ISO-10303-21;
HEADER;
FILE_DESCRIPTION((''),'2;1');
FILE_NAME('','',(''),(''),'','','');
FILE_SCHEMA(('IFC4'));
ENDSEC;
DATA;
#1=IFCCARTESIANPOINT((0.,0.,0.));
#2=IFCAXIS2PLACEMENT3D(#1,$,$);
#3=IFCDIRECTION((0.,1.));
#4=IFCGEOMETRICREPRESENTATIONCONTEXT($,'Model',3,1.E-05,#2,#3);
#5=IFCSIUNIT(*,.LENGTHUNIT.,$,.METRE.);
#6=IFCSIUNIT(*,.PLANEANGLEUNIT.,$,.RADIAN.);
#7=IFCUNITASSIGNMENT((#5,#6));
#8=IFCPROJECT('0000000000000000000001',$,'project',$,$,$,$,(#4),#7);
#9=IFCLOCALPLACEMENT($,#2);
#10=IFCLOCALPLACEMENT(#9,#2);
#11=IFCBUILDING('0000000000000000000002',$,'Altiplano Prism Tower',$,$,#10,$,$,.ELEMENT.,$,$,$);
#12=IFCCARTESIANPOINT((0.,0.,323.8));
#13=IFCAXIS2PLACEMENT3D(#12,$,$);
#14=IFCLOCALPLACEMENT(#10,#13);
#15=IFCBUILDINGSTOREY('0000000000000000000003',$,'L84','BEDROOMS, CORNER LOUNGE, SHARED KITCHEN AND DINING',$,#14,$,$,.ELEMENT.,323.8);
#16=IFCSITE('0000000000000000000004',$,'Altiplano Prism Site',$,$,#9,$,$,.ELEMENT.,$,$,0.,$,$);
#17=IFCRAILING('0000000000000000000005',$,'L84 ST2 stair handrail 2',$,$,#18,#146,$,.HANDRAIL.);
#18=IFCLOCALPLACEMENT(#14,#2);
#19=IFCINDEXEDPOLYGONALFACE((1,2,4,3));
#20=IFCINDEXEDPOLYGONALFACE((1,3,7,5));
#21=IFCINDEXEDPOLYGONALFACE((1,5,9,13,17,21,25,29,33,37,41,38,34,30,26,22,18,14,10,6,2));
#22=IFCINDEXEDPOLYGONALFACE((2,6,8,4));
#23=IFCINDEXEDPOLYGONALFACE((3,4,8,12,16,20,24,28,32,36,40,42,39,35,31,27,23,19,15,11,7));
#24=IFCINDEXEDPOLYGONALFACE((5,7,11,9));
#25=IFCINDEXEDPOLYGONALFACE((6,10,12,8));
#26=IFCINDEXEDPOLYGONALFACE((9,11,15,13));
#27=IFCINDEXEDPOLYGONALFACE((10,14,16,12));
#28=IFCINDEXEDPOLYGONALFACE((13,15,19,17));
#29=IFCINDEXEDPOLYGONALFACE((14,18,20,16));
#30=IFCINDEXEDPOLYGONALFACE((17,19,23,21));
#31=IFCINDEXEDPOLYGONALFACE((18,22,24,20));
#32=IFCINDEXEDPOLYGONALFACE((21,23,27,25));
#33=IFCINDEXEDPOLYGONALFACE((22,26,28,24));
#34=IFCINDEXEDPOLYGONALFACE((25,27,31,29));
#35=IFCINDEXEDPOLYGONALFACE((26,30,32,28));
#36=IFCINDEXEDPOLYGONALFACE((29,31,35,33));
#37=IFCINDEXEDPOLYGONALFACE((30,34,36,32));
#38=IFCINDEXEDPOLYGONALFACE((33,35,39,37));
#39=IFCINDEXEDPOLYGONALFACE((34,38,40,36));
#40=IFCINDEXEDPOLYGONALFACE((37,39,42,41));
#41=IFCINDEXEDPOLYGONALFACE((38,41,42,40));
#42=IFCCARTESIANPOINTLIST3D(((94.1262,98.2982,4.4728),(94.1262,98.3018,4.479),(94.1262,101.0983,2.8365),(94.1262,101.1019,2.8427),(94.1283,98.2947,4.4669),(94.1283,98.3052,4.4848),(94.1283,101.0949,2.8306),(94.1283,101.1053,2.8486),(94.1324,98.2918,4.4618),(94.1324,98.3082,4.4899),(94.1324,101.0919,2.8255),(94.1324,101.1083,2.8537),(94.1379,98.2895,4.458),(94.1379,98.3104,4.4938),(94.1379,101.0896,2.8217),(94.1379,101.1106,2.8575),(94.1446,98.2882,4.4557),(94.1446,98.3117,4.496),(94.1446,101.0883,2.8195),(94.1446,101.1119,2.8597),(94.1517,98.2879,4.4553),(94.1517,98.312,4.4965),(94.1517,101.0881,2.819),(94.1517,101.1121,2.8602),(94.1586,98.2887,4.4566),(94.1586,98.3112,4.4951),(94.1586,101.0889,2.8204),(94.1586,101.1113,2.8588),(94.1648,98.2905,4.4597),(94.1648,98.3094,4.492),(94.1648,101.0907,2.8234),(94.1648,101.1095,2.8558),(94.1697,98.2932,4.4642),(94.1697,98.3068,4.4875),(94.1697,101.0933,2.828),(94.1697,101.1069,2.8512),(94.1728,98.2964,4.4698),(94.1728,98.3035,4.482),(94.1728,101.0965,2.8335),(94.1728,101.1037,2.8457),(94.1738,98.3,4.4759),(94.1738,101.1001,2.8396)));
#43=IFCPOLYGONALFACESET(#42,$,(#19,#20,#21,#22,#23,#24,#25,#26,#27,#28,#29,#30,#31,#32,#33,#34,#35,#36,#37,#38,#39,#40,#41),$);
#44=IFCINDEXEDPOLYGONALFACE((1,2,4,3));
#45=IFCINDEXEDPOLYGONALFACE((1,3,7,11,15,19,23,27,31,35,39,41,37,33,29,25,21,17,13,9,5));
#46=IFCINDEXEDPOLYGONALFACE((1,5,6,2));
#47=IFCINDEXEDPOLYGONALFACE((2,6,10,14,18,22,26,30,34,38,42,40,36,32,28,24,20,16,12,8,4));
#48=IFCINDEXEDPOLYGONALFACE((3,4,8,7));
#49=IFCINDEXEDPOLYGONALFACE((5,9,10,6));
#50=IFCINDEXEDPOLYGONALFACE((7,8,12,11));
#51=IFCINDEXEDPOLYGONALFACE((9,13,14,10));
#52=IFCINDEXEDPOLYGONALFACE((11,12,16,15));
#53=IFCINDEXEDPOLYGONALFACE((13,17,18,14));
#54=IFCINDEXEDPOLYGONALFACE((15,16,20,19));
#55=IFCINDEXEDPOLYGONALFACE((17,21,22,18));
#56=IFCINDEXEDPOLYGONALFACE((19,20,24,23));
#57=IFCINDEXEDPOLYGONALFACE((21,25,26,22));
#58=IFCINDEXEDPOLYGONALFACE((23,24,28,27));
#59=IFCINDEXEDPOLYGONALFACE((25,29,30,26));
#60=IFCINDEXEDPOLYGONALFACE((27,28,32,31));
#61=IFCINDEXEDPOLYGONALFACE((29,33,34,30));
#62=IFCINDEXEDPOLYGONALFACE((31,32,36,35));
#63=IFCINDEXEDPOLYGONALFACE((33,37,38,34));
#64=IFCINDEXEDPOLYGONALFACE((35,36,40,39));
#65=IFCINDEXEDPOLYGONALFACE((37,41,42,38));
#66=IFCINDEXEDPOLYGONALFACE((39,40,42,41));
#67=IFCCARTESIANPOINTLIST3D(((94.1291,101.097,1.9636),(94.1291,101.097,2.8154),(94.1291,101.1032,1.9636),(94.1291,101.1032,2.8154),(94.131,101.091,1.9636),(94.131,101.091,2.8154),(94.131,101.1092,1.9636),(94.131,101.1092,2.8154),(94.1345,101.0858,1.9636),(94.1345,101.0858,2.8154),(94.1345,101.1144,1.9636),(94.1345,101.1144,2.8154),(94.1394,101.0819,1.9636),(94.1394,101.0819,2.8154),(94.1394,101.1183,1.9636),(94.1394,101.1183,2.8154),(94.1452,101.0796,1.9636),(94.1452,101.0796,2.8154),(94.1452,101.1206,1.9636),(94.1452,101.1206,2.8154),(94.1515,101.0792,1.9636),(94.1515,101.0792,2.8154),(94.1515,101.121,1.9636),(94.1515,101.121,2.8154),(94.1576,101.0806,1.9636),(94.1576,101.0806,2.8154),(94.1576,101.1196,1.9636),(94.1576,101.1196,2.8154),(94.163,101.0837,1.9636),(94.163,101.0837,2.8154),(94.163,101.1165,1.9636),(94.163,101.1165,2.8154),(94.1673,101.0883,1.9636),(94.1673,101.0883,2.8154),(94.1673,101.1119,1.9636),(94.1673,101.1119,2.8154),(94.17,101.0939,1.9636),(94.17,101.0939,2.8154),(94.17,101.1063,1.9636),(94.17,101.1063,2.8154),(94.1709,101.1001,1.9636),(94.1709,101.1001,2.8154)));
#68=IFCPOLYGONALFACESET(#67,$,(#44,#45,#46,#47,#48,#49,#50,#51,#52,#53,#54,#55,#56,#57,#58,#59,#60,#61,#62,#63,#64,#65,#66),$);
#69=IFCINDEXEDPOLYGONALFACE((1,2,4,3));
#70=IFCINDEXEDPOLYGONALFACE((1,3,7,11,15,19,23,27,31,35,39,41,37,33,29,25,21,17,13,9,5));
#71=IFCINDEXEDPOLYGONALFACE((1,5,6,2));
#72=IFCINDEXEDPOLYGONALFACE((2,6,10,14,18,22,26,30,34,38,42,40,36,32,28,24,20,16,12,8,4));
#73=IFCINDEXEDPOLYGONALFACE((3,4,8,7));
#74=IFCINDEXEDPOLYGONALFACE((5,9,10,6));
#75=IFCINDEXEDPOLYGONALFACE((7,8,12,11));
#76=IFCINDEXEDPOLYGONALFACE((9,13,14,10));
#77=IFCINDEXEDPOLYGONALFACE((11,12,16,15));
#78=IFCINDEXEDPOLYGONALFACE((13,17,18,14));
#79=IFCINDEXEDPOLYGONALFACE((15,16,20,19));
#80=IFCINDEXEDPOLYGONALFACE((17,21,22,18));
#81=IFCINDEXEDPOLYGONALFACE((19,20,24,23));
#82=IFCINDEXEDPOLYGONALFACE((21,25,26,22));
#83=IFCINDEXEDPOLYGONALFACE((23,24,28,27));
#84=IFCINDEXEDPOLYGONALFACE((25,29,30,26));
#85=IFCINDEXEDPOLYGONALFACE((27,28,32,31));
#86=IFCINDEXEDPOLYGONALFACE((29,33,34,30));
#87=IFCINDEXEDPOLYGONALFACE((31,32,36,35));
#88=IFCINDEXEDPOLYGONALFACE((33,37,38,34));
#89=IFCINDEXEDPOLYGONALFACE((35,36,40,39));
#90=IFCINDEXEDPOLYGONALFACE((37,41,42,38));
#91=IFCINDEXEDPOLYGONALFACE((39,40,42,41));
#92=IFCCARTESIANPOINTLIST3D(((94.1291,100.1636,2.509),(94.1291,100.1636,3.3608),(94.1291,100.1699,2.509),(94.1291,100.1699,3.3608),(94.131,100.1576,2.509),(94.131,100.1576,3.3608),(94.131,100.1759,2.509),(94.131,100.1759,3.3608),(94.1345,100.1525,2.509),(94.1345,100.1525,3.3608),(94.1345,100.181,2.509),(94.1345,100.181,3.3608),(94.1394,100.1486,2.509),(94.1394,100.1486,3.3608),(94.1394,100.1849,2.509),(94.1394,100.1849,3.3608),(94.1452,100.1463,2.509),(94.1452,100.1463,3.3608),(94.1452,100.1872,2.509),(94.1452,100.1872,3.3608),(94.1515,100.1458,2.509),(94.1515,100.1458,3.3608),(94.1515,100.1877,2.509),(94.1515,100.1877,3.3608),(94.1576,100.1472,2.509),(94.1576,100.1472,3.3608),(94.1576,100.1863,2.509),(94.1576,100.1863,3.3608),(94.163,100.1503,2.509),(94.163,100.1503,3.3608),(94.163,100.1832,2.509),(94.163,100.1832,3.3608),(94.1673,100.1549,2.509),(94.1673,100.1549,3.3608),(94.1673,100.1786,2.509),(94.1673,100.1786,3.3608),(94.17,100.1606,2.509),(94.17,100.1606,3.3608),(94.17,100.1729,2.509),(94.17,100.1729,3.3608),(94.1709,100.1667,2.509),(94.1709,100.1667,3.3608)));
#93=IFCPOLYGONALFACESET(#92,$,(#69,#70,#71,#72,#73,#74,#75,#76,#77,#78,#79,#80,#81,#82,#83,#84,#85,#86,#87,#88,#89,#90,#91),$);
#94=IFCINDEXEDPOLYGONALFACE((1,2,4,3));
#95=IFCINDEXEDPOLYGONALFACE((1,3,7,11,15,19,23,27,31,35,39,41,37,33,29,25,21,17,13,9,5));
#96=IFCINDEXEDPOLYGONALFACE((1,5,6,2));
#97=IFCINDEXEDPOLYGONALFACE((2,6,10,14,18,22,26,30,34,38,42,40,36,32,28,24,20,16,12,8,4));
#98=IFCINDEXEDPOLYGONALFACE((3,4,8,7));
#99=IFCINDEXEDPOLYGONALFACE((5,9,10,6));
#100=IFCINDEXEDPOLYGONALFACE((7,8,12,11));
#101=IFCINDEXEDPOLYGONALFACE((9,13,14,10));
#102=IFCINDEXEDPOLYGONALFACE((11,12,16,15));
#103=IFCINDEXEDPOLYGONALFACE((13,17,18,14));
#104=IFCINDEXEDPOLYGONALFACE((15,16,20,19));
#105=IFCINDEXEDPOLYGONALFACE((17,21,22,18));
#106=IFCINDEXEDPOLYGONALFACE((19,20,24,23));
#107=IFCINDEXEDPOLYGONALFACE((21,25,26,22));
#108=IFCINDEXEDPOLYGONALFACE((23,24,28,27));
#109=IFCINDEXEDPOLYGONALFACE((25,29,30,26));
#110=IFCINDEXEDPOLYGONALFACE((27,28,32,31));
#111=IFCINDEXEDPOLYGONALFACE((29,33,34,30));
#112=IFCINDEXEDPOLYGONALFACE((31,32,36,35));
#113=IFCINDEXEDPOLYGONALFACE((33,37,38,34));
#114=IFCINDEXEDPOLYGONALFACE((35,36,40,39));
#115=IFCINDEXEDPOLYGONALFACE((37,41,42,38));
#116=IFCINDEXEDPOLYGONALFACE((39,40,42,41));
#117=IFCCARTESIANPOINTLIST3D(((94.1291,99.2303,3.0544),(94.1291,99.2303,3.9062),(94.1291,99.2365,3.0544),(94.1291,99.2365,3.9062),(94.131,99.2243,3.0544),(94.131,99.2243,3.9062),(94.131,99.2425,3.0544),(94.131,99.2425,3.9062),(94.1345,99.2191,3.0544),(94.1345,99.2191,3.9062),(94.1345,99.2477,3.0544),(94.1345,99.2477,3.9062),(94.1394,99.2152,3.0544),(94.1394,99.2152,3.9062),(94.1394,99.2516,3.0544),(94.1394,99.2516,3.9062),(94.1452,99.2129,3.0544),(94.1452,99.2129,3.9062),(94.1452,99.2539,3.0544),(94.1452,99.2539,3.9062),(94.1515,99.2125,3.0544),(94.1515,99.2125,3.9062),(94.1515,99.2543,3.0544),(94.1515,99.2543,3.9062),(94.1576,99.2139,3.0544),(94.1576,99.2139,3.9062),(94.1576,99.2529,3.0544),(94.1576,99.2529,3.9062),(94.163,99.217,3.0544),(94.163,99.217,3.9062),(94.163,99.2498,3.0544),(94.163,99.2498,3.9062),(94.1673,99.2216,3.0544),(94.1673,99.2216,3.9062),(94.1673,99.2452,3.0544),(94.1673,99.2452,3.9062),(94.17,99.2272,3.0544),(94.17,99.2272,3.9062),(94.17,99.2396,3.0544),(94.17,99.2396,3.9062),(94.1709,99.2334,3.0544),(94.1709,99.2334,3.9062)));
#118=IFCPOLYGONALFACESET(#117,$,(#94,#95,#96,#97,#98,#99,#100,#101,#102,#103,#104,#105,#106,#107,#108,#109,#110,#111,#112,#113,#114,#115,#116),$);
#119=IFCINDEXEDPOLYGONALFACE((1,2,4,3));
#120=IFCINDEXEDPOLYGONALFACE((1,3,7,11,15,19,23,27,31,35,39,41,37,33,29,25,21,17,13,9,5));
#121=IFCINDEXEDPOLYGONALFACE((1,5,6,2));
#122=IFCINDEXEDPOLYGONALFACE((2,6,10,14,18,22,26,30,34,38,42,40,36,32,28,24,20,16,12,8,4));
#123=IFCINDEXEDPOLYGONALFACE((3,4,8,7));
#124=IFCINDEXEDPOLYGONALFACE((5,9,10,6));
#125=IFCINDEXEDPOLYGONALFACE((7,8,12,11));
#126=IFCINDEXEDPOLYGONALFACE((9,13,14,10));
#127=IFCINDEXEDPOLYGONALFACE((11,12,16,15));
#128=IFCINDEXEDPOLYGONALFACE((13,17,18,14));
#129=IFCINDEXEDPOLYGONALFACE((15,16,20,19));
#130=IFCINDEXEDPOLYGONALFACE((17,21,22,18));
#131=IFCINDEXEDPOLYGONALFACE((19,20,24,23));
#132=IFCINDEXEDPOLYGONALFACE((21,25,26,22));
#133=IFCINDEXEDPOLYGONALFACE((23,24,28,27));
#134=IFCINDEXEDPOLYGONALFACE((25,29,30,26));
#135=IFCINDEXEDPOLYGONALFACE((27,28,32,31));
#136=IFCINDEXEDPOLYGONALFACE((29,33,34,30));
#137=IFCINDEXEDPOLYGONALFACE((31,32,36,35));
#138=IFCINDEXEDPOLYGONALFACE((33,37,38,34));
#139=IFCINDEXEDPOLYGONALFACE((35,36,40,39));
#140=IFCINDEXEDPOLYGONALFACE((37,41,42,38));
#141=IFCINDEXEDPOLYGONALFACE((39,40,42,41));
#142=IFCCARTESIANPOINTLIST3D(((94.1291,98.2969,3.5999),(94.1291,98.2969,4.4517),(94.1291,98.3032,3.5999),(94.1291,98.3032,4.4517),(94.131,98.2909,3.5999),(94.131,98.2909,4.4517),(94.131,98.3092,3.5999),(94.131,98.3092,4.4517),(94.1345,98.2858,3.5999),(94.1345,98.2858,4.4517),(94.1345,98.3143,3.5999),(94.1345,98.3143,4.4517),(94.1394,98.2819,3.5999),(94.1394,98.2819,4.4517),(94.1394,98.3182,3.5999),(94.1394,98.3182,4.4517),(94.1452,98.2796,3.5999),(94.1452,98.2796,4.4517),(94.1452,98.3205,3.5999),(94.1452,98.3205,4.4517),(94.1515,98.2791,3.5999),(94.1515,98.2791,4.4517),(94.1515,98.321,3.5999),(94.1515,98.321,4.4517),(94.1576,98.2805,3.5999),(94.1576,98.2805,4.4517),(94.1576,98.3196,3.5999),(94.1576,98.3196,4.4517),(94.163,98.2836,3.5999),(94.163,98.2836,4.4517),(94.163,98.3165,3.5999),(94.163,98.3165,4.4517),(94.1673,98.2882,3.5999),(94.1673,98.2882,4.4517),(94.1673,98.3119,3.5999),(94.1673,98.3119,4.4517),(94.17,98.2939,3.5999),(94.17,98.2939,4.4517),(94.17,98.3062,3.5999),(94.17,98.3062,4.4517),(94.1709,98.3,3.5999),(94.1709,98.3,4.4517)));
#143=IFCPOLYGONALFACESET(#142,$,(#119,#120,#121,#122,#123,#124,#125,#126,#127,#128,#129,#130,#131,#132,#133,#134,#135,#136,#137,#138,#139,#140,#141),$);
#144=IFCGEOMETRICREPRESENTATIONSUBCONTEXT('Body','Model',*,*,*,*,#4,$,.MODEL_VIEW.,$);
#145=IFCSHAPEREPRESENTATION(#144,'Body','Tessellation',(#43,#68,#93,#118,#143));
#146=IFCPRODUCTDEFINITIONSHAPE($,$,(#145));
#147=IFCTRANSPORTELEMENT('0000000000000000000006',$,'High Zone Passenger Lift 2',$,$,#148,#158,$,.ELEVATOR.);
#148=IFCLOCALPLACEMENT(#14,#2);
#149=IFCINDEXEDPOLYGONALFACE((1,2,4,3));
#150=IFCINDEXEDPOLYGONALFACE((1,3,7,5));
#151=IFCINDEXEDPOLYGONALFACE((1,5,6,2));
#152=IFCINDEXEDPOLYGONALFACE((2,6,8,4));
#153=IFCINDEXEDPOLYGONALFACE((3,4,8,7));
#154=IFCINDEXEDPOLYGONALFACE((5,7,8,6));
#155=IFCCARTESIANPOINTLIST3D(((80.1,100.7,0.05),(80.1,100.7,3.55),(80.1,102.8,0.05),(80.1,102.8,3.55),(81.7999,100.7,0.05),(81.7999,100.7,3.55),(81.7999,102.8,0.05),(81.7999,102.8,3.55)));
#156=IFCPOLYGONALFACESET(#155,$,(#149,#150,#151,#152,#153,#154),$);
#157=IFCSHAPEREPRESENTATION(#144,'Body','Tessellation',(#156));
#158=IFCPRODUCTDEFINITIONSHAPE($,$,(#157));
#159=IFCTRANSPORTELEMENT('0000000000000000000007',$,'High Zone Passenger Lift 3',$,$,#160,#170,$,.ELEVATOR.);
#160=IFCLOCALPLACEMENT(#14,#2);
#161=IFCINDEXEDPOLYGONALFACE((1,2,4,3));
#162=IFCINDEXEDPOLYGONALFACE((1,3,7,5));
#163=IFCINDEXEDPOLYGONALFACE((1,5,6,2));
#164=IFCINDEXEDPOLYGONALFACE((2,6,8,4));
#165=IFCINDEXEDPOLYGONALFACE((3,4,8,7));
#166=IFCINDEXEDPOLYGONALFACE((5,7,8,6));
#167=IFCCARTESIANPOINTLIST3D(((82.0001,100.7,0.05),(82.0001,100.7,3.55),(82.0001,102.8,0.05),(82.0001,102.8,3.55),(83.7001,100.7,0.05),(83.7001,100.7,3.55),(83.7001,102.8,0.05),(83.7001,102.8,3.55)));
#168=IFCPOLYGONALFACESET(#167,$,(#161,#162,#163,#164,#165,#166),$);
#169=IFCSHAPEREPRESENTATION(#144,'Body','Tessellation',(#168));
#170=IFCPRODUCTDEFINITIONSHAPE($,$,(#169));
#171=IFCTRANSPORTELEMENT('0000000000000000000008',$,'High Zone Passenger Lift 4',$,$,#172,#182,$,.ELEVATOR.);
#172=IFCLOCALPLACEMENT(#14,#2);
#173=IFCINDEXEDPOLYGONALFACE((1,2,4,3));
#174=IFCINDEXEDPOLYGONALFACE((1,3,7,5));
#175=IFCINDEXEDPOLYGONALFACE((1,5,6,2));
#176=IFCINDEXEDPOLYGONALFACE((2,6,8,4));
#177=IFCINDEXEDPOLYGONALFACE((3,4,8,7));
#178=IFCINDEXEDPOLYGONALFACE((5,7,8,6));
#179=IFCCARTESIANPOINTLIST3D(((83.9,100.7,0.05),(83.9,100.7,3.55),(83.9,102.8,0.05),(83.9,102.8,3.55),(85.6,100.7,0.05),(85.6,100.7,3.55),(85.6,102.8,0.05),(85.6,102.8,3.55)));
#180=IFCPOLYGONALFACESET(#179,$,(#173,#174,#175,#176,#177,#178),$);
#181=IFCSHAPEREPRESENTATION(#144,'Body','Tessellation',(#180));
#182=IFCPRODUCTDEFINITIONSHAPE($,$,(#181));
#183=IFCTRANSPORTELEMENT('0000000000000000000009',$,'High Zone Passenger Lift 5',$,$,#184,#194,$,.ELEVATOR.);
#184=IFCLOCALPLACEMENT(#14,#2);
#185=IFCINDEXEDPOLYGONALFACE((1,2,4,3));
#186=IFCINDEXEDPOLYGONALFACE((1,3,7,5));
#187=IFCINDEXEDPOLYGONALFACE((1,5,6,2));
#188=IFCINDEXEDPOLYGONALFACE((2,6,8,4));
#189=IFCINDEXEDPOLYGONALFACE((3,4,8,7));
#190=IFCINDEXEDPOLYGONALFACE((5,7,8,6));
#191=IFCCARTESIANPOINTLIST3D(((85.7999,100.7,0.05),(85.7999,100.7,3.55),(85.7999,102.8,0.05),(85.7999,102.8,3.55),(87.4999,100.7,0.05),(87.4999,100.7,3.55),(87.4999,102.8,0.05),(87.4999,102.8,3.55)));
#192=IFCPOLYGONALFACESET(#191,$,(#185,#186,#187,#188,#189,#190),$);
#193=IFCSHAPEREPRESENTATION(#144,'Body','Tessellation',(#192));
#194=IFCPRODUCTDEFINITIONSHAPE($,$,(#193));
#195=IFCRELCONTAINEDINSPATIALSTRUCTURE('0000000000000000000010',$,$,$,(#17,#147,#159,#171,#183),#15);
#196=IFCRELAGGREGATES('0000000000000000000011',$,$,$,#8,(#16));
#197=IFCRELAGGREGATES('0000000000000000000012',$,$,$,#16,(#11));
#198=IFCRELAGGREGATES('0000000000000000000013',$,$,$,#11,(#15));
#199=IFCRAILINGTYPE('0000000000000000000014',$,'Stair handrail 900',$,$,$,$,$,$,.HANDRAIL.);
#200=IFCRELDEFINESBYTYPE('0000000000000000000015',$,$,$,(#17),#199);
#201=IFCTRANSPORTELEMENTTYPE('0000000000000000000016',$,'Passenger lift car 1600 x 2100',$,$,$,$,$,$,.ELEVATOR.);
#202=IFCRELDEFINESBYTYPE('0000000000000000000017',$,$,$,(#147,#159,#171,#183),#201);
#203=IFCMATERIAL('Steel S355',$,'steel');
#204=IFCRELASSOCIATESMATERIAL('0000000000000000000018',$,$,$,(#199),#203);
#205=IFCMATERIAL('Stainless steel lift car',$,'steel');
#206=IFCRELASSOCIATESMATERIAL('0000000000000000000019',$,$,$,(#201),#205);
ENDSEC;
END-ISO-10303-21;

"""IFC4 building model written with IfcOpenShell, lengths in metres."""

from ifc_helpers import new_model, si_unit, direction, frame, origin, origin_2d, place, context, subcontext, project, spatial, rectangle, circle, extrude, material, type_object, element, save


model = new_model("IFC4")

# Units and contexts
model_context = context("Model", 3, precision=1e-05, world=origin(), true_north=direction((0.0, 1.0)))
body_context = subcontext(model_context, "Body", "Model", "MODEL_VIEW")
ifc_project = project(units=[si_unit("LENGTHUNIT", "METRE"), si_unit("PLANEANGLEUNIT", "RADIAN")], contexts=[model_context])

# Site, building, storey
site_placement = place(None, origin())
site = spatial("IfcSite", under=ifc_project, at=site_placement, Name="Altiplano Prism Site", CompositionType="ELEMENT", RefElevation=0.0)
building_placement = place(site_placement, origin())
building = spatial("IfcBuilding", under=site, at=building_placement, Name="Altiplano Prism Tower", CompositionType="ELEMENT")
storey_placement = place(building_placement, frame((0.0, 0.0, 323.8)))
storey = spatial("IfcBuildingStorey", under=building, at=storey_placement, Name="L84", Description="BEDROOMS, CORNER LOUNGE, SHARED KITCHEN AND DINING", CompositionType="ELEMENT", Elevation=323.8)

# Railing
ifc_material_1 = material(Name="Steel S355", Category="steel")
railing_type = type_object("IfcRailingType", Name="Stair handrail 900", PredefinedType="HANDRAIL", material=ifc_material_1)
railing_placement = place(storey_placement, frame((94.1499, 101.1001, 1.9636)))
element("IfcRailing", 1, at=railing_placement, inside=storey, type_object=railing_type, Name="L84 ST2 stair handrail 2", PredefinedType="HANDRAIL", context=body_context, shape_type="SweptSolid", body=[
    extrude(circle(Radius=0.0239, at=origin_2d()), frame((0.0, 0.0, 0.876), z_axis=(0.0, -0.863394, 0.504531), x_axis=(1.0, 0.0, 0.0)), (0.0, 0.0, 1.0), 3.2432),
    extrude(circle(Radius=0.021, at=origin_2d()), origin(), (0.0, 0.0, 1.0), 0.8518),
    extrude(circle(Radius=0.021, at=origin_2d()), frame((0.0, -0.9333, 0.5454)), (0.0, 0.0, 1.0), 0.8518),
    extrude(circle(Radius=0.021, at=origin_2d()), frame((0.0, -1.8667, 1.0908)), (0.0, 0.0, 1.0), 0.8518),
    extrude(circle(Radius=0.021, at=origin_2d()), frame((0.0, -2.8, 1.6362)), (0.0, 0.0, 1.0), 0.8518),
])

# Transport elements
ifc_material_2 = material(Name="Stainless steel lift car", Category="steel")
transport_element_type = type_object("IfcTransportElementType", Name="Passenger lift car 1600 x 2100", PredefinedType="ELEVATOR", material=ifc_material_2)
for number, where, z_axis, x_axis, name in (
    (2, (80.95, 101.75, 0.05), (0.0, 0.0, 1.0), (1.0, 0.0, 0.0), "High Zone Passenger Lift 2"),
    (3, (82.8501, 101.75, 0.05), (0.0, 0.0, 1.0), (1.0, 0.0, 0.0), "High Zone Passenger Lift 3"),
    (4, (84.75, 101.75, 0.05), (0.0, 0.0, 1.0), (1.0, 0.0, 0.0), "High Zone Passenger Lift 4"),
    (5, (86.6499, 101.75, 0.05), (0.0, 0.0, 1.0), (1.0, 0.0, 0.0), "High Zone Passenger Lift 5"),
):
    element("IfcTransportElement", number, at=place(storey_placement, frame(where, z_axis=z_axis, x_axis=x_axis)), inside=storey, type_object=transport_element_type, Name=name, PredefinedType="ELEVATOR", context=body_context, shape_type="SweptSolid", body=[
        extrude(rectangle(XDim=1.7, YDim=2.1001, at=origin_2d()), origin(), (0.0, 0.0, 1.0), 3.5),
    ])

save(model, "model.ifc")
